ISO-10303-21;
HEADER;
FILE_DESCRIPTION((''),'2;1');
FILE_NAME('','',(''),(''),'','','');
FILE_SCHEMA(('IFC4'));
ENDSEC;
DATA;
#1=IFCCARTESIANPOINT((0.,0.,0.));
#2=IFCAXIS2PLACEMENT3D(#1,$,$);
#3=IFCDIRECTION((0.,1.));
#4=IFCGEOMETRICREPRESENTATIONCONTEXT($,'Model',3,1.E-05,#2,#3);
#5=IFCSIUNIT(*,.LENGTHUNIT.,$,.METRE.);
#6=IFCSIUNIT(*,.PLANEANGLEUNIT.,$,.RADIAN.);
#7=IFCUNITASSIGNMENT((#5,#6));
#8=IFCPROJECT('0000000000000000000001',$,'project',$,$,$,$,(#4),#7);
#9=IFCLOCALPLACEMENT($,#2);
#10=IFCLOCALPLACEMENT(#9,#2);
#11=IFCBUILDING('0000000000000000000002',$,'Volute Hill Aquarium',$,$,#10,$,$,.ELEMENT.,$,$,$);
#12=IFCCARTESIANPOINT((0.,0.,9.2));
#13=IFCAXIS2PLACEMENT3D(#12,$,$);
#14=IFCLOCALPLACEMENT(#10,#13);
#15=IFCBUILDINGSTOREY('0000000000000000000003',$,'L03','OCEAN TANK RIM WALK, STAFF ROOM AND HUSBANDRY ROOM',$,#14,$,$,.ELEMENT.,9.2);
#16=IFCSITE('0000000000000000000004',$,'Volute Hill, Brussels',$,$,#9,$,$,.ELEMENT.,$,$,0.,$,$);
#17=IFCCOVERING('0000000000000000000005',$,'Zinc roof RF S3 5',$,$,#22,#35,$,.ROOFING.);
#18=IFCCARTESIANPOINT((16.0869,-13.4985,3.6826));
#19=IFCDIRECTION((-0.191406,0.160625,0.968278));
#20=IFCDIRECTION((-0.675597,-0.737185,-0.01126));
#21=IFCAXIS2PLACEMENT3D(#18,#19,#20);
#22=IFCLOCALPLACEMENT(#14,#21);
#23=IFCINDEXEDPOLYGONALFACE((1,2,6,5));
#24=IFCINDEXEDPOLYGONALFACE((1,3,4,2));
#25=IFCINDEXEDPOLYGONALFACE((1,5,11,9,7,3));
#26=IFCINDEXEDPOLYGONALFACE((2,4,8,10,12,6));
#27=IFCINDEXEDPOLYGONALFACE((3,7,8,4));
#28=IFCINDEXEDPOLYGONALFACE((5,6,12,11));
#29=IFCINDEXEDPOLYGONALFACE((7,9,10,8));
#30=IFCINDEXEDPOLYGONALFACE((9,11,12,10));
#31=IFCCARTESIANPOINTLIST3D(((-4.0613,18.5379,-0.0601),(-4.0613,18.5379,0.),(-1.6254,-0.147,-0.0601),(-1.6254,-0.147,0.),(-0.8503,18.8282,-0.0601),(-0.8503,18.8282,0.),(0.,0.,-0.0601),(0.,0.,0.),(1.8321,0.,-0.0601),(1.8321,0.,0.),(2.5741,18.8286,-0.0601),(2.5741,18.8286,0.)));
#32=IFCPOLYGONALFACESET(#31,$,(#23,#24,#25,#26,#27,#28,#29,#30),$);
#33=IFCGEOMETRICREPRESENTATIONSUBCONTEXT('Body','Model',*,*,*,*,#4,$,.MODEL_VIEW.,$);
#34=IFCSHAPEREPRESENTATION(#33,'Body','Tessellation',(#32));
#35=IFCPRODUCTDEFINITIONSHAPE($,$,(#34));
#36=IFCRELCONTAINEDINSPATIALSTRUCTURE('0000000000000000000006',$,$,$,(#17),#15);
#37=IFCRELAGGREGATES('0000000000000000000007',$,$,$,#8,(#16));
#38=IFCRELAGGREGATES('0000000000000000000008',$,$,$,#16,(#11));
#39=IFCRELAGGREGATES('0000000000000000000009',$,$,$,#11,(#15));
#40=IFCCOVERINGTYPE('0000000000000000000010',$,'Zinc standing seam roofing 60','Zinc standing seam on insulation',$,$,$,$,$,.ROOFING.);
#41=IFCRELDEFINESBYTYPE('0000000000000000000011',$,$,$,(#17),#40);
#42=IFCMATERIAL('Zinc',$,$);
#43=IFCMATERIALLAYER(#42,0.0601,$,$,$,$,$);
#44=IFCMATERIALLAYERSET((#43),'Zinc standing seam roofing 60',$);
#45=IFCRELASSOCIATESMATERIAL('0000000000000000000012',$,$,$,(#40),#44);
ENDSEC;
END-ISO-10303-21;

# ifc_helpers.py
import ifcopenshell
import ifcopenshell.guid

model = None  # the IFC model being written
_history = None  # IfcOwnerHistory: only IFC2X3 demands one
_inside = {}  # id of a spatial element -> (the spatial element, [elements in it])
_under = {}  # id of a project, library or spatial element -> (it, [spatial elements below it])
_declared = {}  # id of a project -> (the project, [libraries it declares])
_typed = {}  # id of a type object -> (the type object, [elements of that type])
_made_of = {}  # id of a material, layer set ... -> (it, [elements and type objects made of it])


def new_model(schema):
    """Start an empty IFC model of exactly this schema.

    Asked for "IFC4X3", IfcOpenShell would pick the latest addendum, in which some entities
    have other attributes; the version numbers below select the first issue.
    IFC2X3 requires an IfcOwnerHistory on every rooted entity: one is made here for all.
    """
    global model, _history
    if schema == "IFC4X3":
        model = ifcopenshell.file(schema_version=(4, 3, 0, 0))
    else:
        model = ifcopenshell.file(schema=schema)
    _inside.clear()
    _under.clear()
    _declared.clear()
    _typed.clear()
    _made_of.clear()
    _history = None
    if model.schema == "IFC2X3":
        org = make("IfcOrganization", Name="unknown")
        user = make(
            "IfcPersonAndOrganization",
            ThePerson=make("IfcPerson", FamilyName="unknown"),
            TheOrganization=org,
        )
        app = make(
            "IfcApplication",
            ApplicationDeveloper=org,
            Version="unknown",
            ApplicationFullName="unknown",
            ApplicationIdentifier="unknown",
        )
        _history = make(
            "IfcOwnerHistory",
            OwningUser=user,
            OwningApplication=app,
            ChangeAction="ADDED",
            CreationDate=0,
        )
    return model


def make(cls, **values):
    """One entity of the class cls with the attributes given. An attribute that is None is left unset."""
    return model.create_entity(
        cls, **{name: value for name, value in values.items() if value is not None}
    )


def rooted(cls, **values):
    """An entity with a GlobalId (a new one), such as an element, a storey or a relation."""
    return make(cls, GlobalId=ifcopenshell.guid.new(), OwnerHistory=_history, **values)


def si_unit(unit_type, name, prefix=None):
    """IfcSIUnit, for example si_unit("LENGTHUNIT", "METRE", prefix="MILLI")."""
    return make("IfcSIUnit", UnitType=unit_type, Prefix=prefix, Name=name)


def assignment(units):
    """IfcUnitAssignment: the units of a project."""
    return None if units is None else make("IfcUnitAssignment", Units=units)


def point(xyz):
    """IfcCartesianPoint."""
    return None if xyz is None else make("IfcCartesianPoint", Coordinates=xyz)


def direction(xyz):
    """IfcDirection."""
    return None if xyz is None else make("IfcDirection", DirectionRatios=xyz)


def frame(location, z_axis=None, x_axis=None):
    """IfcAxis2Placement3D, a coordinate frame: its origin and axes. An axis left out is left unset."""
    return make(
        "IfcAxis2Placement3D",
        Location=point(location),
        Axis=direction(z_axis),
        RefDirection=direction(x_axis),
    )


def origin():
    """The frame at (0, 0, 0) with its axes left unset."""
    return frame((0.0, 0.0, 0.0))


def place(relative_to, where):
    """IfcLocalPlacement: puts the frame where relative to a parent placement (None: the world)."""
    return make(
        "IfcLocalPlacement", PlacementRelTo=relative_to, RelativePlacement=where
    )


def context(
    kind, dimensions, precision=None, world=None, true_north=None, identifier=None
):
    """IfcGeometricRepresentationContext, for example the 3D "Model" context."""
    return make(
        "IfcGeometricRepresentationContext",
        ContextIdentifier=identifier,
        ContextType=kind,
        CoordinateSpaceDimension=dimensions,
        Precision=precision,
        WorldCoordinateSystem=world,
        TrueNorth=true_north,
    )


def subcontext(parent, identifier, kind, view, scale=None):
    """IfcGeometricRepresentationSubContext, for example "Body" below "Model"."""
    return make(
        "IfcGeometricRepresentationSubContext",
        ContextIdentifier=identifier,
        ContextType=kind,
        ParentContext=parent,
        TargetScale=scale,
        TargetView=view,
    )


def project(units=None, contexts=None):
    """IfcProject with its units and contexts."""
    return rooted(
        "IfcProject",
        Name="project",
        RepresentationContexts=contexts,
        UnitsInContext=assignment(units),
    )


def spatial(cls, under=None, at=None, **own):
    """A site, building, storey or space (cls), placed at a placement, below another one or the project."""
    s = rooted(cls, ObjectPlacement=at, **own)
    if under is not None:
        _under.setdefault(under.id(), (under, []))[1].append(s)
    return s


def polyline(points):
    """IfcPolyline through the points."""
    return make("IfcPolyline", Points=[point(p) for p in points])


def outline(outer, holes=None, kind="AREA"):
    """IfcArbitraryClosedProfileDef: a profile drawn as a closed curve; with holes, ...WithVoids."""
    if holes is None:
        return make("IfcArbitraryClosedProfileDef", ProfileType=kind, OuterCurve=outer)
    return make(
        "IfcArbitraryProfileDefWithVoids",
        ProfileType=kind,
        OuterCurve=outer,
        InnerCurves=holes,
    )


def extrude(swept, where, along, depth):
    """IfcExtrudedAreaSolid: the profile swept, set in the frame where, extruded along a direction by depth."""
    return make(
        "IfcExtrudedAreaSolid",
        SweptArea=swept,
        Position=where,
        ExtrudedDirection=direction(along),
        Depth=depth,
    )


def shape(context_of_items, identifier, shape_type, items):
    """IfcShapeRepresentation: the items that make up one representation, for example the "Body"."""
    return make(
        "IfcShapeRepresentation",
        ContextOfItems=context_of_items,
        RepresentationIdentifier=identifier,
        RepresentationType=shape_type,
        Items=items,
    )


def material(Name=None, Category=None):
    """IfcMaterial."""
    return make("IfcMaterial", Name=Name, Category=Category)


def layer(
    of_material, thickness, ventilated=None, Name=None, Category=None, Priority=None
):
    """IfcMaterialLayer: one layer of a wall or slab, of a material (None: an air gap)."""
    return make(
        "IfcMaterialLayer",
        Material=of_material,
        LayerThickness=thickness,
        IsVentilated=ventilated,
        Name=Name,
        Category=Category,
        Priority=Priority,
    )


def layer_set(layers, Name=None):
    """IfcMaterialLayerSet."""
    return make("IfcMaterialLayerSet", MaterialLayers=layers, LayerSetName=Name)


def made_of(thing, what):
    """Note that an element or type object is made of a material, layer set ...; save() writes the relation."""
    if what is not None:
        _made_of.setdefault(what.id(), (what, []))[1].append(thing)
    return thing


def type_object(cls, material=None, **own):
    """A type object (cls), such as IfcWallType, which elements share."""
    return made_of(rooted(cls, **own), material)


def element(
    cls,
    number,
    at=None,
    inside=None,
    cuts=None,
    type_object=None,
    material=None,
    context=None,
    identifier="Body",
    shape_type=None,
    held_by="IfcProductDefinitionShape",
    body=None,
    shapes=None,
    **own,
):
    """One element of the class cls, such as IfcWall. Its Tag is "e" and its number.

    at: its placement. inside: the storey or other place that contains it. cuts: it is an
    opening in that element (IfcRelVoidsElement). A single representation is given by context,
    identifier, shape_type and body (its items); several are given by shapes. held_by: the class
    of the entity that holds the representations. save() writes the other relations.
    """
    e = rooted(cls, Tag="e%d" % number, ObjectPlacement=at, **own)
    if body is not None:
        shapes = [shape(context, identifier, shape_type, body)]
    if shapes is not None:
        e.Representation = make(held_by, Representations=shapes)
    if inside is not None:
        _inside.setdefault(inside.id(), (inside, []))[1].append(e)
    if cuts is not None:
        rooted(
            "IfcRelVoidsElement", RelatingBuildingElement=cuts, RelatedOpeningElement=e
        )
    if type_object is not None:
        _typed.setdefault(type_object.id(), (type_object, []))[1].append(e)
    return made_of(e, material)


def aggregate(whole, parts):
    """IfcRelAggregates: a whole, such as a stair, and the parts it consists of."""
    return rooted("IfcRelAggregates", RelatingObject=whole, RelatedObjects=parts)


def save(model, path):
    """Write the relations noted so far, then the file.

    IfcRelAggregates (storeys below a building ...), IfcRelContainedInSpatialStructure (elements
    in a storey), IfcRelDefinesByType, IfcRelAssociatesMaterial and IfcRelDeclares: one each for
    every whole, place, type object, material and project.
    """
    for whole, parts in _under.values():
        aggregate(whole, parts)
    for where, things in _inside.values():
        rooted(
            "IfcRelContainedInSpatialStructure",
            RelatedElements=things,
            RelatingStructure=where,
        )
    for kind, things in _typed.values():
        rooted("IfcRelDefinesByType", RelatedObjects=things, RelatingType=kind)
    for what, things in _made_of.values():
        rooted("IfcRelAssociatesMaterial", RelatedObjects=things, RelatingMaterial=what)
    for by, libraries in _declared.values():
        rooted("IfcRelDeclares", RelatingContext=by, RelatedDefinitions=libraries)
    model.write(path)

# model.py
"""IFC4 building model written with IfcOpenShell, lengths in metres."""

from ifc_helpers import new_model, si_unit, direction, frame, origin, place, context, subcontext, project, spatial, polyline, outline, extrude, material, layer, layer_set, type_object, element, save


model = new_model("IFC4")

# Units and contexts
model_context = context("Model", 3, precision=1e-05, world=origin(), true_north=direction((0.0, 1.0)))
body_context = subcontext(model_context, "Body", "Model", "MODEL_VIEW")
ifc_project = project(units=[si_unit("LENGTHUNIT", "METRE"), si_unit("PLANEANGLEUNIT", "RADIAN")], contexts=[model_context])

# Site, building, storey
site_placement = place(None, origin())
site = spatial("IfcSite", under=ifc_project, at=site_placement, Name="Volute Hill, Brussels", CompositionType="ELEMENT", RefElevation=0.0)
building_placement = place(site_placement, origin())
building = spatial("IfcBuilding", under=site, at=building_placement, Name="Volute Hill Aquarium", CompositionType="ELEMENT")
storey_placement = place(building_placement, frame((0.0, 0.0, 9.2)))
storey = spatial("IfcBuildingStorey", under=building, at=storey_placement, Name="L03", Description="OCEAN TANK RIM WALK, STAFF ROOM AND HUSBANDRY ROOM", CompositionType="ELEMENT", Elevation=9.2)

# Covering
ifc_material_1 = material(Name="Zinc")
ifc_layer_1 = layer(ifc_material_1, 0.0601)
ifc_layer_set_1 = layer_set([ifc_layer_1], Name="Zinc standing seam roofing 60")
covering_type_1 = type_object("IfcCoveringType", Name="Zinc standing seam roofing 60", Description="Zinc standing seam on insulation", PredefinedType="ROOFING", material=ifc_layer_set_1)
covering_1_placement = place(storey_placement, frame((16.0869, -13.4985, 3.6826), z_axis=(-0.191406, 0.160625, 0.968278), x_axis=(-0.675597, -0.737185, -0.01126)))
element("IfcCovering", 1, at=covering_1_placement, inside=storey, type_object=covering_type_1, Name="Zinc roof RF S3 5", PredefinedType="ROOFING", context=body_context, shape_type="SweptSolid", body=[
    extrude(outline(polyline([(0.0, 0.0), (1.8321, 0.0), (2.5741, 18.8286), (-0.8503, 18.8282), (-4.0613, 18.5379), (-1.6254, -0.147), (0.0, 0.0)])), origin(), (0.0, 0.0, -1.0), 0.0601),
])

save(model, "model.ifc")
